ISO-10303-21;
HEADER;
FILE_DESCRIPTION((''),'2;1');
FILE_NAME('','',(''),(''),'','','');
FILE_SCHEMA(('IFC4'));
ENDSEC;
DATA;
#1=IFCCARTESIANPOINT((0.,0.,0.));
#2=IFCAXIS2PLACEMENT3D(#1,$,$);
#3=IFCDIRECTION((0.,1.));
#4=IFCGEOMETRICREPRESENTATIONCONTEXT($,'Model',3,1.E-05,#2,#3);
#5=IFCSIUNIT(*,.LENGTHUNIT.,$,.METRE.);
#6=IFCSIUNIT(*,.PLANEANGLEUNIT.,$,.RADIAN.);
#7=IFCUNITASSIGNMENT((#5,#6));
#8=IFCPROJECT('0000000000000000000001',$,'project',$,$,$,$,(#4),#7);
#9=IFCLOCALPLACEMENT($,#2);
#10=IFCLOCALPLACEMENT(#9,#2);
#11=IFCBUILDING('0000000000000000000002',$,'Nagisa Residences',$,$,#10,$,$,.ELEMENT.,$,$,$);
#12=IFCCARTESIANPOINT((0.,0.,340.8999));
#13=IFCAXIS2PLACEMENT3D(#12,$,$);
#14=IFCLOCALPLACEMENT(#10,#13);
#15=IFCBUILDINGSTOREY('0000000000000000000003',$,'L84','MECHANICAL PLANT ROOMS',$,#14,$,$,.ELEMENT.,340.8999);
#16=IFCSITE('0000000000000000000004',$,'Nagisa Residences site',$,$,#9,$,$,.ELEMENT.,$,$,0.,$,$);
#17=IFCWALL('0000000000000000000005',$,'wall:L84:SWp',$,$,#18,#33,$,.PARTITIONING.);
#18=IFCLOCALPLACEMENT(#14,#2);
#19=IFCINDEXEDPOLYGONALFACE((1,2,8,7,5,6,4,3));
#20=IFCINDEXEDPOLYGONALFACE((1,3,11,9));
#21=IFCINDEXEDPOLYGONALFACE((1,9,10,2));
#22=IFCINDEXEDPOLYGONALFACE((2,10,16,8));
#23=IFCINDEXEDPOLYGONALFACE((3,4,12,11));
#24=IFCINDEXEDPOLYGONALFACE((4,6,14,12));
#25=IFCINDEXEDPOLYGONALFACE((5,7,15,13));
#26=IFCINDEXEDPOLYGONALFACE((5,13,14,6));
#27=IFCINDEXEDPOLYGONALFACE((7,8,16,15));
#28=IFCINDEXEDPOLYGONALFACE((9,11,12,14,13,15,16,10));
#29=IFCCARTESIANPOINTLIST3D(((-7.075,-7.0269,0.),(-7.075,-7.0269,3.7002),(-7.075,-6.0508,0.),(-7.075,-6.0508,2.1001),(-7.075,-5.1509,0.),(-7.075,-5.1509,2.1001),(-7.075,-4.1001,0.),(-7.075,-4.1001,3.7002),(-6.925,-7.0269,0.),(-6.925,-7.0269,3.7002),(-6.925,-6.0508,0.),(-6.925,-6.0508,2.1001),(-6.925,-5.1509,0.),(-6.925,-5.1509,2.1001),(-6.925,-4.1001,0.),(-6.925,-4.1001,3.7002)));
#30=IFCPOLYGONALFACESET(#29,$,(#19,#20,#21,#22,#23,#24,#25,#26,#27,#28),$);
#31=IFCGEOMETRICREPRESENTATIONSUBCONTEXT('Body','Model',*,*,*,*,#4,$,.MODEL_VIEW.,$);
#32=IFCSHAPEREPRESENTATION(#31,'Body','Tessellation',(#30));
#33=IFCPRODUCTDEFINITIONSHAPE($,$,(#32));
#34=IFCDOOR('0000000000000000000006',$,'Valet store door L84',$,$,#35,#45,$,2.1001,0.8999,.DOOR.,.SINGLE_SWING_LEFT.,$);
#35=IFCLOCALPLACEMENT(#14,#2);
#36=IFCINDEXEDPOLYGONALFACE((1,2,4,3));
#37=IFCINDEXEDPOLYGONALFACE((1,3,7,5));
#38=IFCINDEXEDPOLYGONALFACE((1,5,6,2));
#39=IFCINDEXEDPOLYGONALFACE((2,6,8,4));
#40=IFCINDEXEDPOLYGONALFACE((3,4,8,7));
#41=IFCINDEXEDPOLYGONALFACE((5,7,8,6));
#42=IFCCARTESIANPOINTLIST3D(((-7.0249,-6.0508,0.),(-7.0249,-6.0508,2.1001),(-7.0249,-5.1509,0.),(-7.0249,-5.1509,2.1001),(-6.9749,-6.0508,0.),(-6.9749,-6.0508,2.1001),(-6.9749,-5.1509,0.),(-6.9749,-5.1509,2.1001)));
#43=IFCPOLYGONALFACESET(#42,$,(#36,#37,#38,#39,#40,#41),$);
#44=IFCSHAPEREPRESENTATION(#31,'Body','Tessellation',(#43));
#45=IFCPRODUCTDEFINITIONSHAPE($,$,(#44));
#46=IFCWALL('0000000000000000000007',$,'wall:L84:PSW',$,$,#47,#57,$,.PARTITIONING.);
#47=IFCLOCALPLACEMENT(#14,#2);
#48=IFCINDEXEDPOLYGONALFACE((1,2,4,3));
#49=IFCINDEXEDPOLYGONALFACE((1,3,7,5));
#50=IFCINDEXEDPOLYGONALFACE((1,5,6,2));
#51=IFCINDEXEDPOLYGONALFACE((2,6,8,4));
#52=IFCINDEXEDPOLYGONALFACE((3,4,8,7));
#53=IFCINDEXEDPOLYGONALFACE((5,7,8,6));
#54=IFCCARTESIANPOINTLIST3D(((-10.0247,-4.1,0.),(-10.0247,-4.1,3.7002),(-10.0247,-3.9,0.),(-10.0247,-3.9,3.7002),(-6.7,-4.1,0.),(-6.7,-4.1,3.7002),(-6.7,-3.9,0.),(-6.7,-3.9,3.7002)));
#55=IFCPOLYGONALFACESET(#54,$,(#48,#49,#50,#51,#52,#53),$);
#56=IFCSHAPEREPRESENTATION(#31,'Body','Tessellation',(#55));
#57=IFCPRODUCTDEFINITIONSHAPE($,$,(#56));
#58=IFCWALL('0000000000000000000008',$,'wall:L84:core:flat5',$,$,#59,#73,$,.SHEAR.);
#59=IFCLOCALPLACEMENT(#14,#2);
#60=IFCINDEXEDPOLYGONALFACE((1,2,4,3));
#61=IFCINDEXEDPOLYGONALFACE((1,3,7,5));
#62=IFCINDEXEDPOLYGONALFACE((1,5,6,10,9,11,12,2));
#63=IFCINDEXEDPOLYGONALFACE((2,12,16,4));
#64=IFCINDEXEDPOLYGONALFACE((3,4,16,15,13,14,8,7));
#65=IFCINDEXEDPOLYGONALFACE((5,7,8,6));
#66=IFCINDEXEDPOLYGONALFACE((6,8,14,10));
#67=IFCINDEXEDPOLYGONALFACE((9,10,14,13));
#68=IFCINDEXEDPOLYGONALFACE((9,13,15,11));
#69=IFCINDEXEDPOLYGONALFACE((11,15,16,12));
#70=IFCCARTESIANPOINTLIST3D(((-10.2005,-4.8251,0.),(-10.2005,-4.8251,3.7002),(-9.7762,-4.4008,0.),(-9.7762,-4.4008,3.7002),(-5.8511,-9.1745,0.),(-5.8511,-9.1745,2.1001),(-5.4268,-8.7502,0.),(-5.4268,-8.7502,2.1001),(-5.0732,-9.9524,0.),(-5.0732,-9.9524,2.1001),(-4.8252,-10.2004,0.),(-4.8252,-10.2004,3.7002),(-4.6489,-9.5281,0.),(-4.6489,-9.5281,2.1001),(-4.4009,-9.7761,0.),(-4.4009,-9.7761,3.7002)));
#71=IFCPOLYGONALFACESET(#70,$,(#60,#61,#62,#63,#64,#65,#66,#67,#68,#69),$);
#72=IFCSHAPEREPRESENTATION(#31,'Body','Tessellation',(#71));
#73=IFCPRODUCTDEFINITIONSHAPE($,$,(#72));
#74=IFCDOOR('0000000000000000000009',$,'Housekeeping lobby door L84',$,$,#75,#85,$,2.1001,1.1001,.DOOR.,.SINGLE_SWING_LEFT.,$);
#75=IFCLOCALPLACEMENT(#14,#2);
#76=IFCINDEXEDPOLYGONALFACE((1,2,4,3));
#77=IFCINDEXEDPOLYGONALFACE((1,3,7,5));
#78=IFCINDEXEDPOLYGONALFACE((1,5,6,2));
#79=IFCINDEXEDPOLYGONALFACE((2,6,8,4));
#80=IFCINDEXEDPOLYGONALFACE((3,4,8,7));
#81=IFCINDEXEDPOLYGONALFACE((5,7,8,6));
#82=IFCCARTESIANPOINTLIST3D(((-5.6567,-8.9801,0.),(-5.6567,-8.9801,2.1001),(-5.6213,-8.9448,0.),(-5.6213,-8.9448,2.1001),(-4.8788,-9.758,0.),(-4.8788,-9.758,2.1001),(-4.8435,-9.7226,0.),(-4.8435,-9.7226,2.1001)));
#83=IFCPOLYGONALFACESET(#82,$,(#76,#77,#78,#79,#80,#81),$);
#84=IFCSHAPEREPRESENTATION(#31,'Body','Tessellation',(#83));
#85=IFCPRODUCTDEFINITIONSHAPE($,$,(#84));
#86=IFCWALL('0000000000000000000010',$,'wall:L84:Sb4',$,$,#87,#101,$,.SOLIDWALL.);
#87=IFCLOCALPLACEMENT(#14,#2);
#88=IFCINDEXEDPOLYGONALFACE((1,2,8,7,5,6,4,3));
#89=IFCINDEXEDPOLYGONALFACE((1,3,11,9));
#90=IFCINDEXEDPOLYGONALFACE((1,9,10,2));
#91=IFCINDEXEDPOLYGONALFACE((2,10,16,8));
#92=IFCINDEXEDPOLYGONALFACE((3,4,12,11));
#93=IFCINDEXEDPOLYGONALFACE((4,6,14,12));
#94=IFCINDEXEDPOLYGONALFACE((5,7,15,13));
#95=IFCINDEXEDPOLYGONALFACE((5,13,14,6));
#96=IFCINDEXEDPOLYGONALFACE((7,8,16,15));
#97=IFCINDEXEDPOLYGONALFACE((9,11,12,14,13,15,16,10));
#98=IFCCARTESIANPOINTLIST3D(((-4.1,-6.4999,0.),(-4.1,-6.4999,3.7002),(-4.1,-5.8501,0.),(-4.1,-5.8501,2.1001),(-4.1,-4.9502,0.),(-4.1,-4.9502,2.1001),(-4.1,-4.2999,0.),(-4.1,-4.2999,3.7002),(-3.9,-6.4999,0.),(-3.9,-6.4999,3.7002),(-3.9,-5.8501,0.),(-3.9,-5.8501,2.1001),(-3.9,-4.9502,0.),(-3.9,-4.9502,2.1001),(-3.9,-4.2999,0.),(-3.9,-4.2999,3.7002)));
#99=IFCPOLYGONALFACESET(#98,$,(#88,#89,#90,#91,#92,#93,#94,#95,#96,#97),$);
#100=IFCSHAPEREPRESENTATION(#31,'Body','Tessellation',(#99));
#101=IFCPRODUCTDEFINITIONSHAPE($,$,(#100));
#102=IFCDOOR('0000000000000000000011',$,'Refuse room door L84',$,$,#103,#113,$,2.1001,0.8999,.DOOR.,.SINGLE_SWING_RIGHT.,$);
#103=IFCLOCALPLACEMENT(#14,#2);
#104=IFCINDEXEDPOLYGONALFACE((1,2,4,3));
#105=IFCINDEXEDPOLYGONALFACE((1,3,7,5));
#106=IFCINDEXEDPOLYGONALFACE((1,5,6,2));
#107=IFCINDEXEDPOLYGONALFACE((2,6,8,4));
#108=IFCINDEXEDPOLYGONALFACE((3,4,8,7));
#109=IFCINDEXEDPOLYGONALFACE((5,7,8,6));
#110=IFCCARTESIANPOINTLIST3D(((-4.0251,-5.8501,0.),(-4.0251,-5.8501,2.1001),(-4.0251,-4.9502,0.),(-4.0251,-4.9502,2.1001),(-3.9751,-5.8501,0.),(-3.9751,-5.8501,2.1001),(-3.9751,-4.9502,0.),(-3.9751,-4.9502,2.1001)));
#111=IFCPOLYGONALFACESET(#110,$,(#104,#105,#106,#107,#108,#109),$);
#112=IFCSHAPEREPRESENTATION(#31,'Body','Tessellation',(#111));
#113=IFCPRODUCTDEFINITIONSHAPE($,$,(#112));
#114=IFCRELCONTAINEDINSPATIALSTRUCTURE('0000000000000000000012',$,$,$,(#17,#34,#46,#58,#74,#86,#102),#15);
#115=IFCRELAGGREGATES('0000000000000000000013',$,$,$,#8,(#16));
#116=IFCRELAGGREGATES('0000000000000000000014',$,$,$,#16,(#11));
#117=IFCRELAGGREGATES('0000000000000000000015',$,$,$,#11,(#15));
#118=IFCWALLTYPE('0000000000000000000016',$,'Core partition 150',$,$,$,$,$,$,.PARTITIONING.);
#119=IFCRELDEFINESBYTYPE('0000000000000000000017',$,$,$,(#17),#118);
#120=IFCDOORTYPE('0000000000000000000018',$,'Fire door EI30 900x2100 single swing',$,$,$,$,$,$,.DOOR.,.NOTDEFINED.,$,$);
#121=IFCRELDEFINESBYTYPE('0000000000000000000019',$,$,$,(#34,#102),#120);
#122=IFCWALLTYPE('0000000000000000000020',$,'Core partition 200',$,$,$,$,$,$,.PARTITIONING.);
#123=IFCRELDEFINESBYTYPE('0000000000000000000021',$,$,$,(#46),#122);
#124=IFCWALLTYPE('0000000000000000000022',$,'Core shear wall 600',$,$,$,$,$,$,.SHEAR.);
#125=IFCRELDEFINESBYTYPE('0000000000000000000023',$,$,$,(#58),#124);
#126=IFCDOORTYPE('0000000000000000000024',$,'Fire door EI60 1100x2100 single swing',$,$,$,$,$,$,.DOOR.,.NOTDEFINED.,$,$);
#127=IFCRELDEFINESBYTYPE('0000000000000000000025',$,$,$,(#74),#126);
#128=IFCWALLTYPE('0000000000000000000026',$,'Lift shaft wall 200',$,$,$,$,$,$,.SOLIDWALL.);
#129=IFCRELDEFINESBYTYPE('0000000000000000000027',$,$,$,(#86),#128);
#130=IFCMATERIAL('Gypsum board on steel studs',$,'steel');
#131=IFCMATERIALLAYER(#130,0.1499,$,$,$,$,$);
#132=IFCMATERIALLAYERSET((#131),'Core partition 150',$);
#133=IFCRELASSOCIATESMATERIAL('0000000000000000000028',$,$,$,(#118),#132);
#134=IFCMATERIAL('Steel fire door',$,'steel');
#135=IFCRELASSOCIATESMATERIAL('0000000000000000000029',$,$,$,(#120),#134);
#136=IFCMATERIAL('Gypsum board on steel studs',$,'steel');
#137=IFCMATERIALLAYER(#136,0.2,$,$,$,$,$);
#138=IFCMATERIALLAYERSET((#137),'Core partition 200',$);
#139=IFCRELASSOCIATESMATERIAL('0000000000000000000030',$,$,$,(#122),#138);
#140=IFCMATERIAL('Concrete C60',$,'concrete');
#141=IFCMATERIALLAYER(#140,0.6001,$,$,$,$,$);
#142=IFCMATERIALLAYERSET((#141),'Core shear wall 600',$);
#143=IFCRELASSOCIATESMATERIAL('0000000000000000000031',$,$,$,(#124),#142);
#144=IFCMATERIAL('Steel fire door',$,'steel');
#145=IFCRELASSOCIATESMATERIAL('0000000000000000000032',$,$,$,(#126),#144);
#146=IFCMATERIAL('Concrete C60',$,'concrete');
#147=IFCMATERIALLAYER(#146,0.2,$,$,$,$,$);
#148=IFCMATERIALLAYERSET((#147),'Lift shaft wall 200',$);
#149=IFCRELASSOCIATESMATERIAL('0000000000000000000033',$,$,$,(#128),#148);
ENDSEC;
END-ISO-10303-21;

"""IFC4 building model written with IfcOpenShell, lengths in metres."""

from ifc_helpers import new_model, si_unit, direction, frame, frame_2d, origin, place, context, subcontext, project, spatial, rectangle, extrude, material, layer, layer_set, type_object, element, fill, save


model = new_model("IFC4")

# Units and contexts
model_context = context("Model", 3, precision=1e-05, world=origin(), true_north=direction((0.0, 1.0)))
body_context = subcontext(model_context, "Body", "Model", "MODEL_VIEW")
ifc_project = project(units=[si_unit("LENGTHUNIT", "METRE"), si_unit("PLANEANGLEUNIT", "RADIAN")], contexts=[model_context])

# Site, building, storey
site_placement = place(None, origin())
site = spatial("IfcSite", under=ifc_project, at=site_placement, Name="Nagisa Residences site", CompositionType="ELEMENT", RefElevation=0.0)
building_placement = place(site_placement, origin())
building = spatial("IfcBuilding", under=site, at=building_placement, Name="Nagisa Residences", CompositionType="ELEMENT")
storey_placement = place(building_placement, frame((0.0, 0.0, 340.8999)))
storey = spatial("IfcBuildingStorey", under=building, at=storey_placement, Name="L84", Description="MECHANICAL PLANT ROOMS", CompositionType="ELEMENT", Elevation=340.8999)

# Wall, opening, door
ifc_material_1 = material(Name="Gypsum board on steel studs", Category="steel")
ifc_layer_1 = layer(ifc_material_1, 0.1499)
ifc_layer_set_1 = layer_set([ifc_layer_1], Name="Core partition 150")
wall_type_1 = type_object("IfcWallType", Name="Core partition 150", PredefinedType="PARTITIONING", material=ifc_layer_set_1)
wall_1_placement = place(storey_placement, frame((-7.0, -7.0269, 0.0), z_axis=(0.0, 0.0, 1.0), x_axis=(0.0, 1.0, 0.0)))
wall_1 = element("IfcWall", 1, at=wall_1_placement, inside=storey, type_object=wall_type_1, Name="wall:L84:SWp", PredefinedType="PARTITIONING", context=body_context, shape_type="SweptSolid", body=[
    extrude(rectangle(XDim=2.9268, YDim=0.1499, at=frame_2d((1.4634, 0.0))), origin(), (0.0, 0.0, 1.0), 3.7002),
])
opening_1_placement = place(wall_1_placement, frame((0.9761, 0.0, 0.0)))
opening_1 = element("IfcOpeningElement", 2, at=opening_1_placement, cuts=wall_1, PredefinedType="OPENING", context=body_context, shape_type="SweptSolid", body=[
    extrude(rectangle(XDim=0.8999, YDim=2.1001, at=frame_2d((0.45, 1.05))), frame((0.0, 0.085, 0.0), z_axis=(0.0, -1.0, 0.0), x_axis=(1.0, 0.0, 0.0)), (0.0, 0.0, 1.0), 0.1699),
])
ifc_material_2 = material(Name="Steel fire door", Category="steel")
door_type_1 = type_object("IfcDoorType", Name="Fire door EI30 900x2100 single swing", OperationType="NOTDEFINED", PredefinedType="DOOR", material=ifc_material_2)
door_1_placement = place(opening_1_placement, origin())
door_1 = element("IfcDoor", 3, at=door_1_placement, inside=storey, type_object=door_type_1, Name="Valet store door L84", OperationType="SINGLE_SWING_LEFT", OverallHeight=2.1001, OverallWidth=0.8999, PredefinedType="DOOR", context=body_context, shape_type="SweptSolid", body=[
    extrude(rectangle(XDim=0.8999, YDim=2.1001, at=frame_2d((0.45, 1.05))), frame((0.0, 0.0249, 0.0), z_axis=(0.0, -1.0, 0.0), x_axis=(1.0, 0.0, 0.0)), (0.0, 0.0, 1.0), 0.05),
])
fill(opening_1, door_1)

# Wall
ifc_material_3 = material(Name="Gypsum board on steel studs", Category="steel")
ifc_layer_2 = layer(ifc_material_3, 0.2)
ifc_layer_set_2 = layer_set([ifc_layer_2], Name="Core partition 200")
wall_type_2 = type_object("IfcWallType", Name="Core partition 200", PredefinedType="PARTITIONING", material=ifc_layer_set_2)
wall_2_placement = place(storey_placement, frame((-10.0247, -4.0, 0.0), z_axis=(0.0, 0.0, 1.0), x_axis=(1.0, 0.0, 0.0)))
element("IfcWall", 4, at=wall_2_placement, inside=storey, type_object=wall_type_2, Name="wall:L84:PSW", PredefinedType="PARTITIONING", context=body_context, shape_type="SweptSolid", body=[
    extrude(rectangle(XDim=3.3247, YDim=0.2, at=frame_2d((1.6624, 0.0))), origin(), (0.0, 0.0, 1.0), 3.7002),
])

# Walls, openings, doors
ifc_material_4 = material(Name="Concrete C60", Category="concrete")
ifc_layer_3 = layer(ifc_material_4, 0.6001)
ifc_layer_set_3 = layer_set([ifc_layer_3], Name="Core shear wall 600")
wall_type_3 = type_object("IfcWallType", Name="Core shear wall 600", PredefinedType="SHEAR", material=ifc_layer_set_3)
wall_3_placement = place(storey_placement, frame((-9.9883, -4.613, 0.0), z_axis=(0.0, 0.0, 1.0), x_axis=(0.707107, -0.707107, 0.0)))
wall_3 = element("IfcWall", 5, at=wall_3_placement, inside=storey, type_object=wall_type_3, Name="wall:L84:core:flat5", PredefinedType="SHEAR", context=body_context, shape_type="SweptSolid", body=[
    extrude(rectangle(XDim=7.6018, YDim=0.6001, at=frame_2d((3.8008, 0.0))), origin(), (0.0, 0.0, 1.0), 3.7002),
])
opening_2_placement = place(wall_3_placement, frame((6.1509, 0.0, 0.0)))
opening_2 = element("IfcOpeningElement", 6, at=opening_2_placement, cuts=wall_3, PredefinedType="OPENING", context=body_context, shape_type="SweptSolid", body=[
    extrude(rectangle(XDim=1.1001, YDim=2.1001, at=frame_2d((0.55, 1.05))), frame((0.0, 0.3101, 0.0), z_axis=(0.0, -1.0, 0.0), x_axis=(1.0, 0.0, 0.0)), (0.0, 0.0, 1.0), 0.6201),
])
ifc_material_5 = material(Name="Steel fire door", Category="steel")
door_type_2 = type_object("IfcDoorType", Name="Fire door EI60 1100x2100 single swing", OperationType="NOTDEFINED", PredefinedType="DOOR", material=ifc_material_5)
door_2_placement = place(opening_2_placement, origin())
door_2 = element("IfcDoor", 7, at=door_2_placement, inside=storey, type_object=door_type_2, Name="Housekeeping lobby door L84", OperationType="SINGLE_SWING_LEFT", OverallHeight=2.1001, OverallWidth=1.1001, PredefinedType="DOOR", context=body_context, shape_type="SweptSolid", body=[
    extrude(rectangle(XDim=1.1001, YDim=2.1001, at=frame_2d((0.55, 1.05))), frame((0.0, 0.0249, 0.0), z_axis=(0.0, -1.0, 0.0), x_axis=(1.0, 0.0, 0.0)), (0.0, 0.0, 1.0), 0.05),
])
fill(opening_2, door_2)
ifc_material_6 = material(Name="Concrete C60", Category="concrete")
ifc_layer_4 = layer(ifc_material_6, 0.2)
ifc_layer_set_4 = layer_set([ifc_layer_4], Name="Lift shaft wall 200")
wall_type_4 = type_object("IfcWallType", Name="Lift shaft wall 200", PredefinedType="SOLIDWALL", material=ifc_layer_set_4)
wall_4_placement = place(storey_placement, frame((-4.0, -6.5, 0.0), z_axis=(0.0, 0.0, 1.0), x_axis=(0.0, 1.0, 0.0)))
wall_4 = element("IfcWall", 8, at=wall_4_placement, inside=storey, type_object=wall_type_4, Name="wall:L84:Sb4", PredefinedType="SOLIDWALL", context=body_context, shape_type="SweptSolid", body=[
    extrude(rectangle(XDim=2.2, YDim=0.2, at=frame_2d((1.1001, 0.0))), origin(), (0.0, 0.0, 1.0), 3.7002),
])
opening_3_placement = place(wall_4_placement, frame((0.6499, 0.0, 0.0)))
opening_3 = element("IfcOpeningElement", 9, at=opening_3_placement, cuts=wall_4, PredefinedType="OPENING", context=body_context, shape_type="SweptSolid", body=[
    extrude(rectangle(XDim=0.8999, YDim=2.1001, at=frame_2d((0.45, 1.05))), frame((0.0, 0.1099, 0.0), z_axis=(0.0, -1.0, 0.0), x_axis=(1.0, 0.0, 0.0)), (0.0, 0.0, 1.0), 0.22),
])
door_3_placement = place(opening_3_placement, frame((0.8999, 0.0, 0.0), x_axis=(-1.0, 0.0, 0.0)))
door_3 = element("IfcDoor", 10, at=door_3_placement, inside=storey, type_object=door_type_1, Name="Refuse room door L84", OperationType="SINGLE_SWING_RIGHT", OverallHeight=2.1001, OverallWidth=0.8999, PredefinedType="DOOR", context=body_context, shape_type="SweptSolid", body=[
    extrude(rectangle(XDim=0.8999, YDim=2.1001, at=frame_2d((0.45, 1.05))), frame((0.0, 0.0249, 0.0), z_axis=(0.0, -1.0, 0.0), x_axis=(1.0, 0.0, 0.0)), (0.0, 0.0, 1.0), 0.05),
])
fill(opening_3, door_3)

save(model, "model.ifc")
